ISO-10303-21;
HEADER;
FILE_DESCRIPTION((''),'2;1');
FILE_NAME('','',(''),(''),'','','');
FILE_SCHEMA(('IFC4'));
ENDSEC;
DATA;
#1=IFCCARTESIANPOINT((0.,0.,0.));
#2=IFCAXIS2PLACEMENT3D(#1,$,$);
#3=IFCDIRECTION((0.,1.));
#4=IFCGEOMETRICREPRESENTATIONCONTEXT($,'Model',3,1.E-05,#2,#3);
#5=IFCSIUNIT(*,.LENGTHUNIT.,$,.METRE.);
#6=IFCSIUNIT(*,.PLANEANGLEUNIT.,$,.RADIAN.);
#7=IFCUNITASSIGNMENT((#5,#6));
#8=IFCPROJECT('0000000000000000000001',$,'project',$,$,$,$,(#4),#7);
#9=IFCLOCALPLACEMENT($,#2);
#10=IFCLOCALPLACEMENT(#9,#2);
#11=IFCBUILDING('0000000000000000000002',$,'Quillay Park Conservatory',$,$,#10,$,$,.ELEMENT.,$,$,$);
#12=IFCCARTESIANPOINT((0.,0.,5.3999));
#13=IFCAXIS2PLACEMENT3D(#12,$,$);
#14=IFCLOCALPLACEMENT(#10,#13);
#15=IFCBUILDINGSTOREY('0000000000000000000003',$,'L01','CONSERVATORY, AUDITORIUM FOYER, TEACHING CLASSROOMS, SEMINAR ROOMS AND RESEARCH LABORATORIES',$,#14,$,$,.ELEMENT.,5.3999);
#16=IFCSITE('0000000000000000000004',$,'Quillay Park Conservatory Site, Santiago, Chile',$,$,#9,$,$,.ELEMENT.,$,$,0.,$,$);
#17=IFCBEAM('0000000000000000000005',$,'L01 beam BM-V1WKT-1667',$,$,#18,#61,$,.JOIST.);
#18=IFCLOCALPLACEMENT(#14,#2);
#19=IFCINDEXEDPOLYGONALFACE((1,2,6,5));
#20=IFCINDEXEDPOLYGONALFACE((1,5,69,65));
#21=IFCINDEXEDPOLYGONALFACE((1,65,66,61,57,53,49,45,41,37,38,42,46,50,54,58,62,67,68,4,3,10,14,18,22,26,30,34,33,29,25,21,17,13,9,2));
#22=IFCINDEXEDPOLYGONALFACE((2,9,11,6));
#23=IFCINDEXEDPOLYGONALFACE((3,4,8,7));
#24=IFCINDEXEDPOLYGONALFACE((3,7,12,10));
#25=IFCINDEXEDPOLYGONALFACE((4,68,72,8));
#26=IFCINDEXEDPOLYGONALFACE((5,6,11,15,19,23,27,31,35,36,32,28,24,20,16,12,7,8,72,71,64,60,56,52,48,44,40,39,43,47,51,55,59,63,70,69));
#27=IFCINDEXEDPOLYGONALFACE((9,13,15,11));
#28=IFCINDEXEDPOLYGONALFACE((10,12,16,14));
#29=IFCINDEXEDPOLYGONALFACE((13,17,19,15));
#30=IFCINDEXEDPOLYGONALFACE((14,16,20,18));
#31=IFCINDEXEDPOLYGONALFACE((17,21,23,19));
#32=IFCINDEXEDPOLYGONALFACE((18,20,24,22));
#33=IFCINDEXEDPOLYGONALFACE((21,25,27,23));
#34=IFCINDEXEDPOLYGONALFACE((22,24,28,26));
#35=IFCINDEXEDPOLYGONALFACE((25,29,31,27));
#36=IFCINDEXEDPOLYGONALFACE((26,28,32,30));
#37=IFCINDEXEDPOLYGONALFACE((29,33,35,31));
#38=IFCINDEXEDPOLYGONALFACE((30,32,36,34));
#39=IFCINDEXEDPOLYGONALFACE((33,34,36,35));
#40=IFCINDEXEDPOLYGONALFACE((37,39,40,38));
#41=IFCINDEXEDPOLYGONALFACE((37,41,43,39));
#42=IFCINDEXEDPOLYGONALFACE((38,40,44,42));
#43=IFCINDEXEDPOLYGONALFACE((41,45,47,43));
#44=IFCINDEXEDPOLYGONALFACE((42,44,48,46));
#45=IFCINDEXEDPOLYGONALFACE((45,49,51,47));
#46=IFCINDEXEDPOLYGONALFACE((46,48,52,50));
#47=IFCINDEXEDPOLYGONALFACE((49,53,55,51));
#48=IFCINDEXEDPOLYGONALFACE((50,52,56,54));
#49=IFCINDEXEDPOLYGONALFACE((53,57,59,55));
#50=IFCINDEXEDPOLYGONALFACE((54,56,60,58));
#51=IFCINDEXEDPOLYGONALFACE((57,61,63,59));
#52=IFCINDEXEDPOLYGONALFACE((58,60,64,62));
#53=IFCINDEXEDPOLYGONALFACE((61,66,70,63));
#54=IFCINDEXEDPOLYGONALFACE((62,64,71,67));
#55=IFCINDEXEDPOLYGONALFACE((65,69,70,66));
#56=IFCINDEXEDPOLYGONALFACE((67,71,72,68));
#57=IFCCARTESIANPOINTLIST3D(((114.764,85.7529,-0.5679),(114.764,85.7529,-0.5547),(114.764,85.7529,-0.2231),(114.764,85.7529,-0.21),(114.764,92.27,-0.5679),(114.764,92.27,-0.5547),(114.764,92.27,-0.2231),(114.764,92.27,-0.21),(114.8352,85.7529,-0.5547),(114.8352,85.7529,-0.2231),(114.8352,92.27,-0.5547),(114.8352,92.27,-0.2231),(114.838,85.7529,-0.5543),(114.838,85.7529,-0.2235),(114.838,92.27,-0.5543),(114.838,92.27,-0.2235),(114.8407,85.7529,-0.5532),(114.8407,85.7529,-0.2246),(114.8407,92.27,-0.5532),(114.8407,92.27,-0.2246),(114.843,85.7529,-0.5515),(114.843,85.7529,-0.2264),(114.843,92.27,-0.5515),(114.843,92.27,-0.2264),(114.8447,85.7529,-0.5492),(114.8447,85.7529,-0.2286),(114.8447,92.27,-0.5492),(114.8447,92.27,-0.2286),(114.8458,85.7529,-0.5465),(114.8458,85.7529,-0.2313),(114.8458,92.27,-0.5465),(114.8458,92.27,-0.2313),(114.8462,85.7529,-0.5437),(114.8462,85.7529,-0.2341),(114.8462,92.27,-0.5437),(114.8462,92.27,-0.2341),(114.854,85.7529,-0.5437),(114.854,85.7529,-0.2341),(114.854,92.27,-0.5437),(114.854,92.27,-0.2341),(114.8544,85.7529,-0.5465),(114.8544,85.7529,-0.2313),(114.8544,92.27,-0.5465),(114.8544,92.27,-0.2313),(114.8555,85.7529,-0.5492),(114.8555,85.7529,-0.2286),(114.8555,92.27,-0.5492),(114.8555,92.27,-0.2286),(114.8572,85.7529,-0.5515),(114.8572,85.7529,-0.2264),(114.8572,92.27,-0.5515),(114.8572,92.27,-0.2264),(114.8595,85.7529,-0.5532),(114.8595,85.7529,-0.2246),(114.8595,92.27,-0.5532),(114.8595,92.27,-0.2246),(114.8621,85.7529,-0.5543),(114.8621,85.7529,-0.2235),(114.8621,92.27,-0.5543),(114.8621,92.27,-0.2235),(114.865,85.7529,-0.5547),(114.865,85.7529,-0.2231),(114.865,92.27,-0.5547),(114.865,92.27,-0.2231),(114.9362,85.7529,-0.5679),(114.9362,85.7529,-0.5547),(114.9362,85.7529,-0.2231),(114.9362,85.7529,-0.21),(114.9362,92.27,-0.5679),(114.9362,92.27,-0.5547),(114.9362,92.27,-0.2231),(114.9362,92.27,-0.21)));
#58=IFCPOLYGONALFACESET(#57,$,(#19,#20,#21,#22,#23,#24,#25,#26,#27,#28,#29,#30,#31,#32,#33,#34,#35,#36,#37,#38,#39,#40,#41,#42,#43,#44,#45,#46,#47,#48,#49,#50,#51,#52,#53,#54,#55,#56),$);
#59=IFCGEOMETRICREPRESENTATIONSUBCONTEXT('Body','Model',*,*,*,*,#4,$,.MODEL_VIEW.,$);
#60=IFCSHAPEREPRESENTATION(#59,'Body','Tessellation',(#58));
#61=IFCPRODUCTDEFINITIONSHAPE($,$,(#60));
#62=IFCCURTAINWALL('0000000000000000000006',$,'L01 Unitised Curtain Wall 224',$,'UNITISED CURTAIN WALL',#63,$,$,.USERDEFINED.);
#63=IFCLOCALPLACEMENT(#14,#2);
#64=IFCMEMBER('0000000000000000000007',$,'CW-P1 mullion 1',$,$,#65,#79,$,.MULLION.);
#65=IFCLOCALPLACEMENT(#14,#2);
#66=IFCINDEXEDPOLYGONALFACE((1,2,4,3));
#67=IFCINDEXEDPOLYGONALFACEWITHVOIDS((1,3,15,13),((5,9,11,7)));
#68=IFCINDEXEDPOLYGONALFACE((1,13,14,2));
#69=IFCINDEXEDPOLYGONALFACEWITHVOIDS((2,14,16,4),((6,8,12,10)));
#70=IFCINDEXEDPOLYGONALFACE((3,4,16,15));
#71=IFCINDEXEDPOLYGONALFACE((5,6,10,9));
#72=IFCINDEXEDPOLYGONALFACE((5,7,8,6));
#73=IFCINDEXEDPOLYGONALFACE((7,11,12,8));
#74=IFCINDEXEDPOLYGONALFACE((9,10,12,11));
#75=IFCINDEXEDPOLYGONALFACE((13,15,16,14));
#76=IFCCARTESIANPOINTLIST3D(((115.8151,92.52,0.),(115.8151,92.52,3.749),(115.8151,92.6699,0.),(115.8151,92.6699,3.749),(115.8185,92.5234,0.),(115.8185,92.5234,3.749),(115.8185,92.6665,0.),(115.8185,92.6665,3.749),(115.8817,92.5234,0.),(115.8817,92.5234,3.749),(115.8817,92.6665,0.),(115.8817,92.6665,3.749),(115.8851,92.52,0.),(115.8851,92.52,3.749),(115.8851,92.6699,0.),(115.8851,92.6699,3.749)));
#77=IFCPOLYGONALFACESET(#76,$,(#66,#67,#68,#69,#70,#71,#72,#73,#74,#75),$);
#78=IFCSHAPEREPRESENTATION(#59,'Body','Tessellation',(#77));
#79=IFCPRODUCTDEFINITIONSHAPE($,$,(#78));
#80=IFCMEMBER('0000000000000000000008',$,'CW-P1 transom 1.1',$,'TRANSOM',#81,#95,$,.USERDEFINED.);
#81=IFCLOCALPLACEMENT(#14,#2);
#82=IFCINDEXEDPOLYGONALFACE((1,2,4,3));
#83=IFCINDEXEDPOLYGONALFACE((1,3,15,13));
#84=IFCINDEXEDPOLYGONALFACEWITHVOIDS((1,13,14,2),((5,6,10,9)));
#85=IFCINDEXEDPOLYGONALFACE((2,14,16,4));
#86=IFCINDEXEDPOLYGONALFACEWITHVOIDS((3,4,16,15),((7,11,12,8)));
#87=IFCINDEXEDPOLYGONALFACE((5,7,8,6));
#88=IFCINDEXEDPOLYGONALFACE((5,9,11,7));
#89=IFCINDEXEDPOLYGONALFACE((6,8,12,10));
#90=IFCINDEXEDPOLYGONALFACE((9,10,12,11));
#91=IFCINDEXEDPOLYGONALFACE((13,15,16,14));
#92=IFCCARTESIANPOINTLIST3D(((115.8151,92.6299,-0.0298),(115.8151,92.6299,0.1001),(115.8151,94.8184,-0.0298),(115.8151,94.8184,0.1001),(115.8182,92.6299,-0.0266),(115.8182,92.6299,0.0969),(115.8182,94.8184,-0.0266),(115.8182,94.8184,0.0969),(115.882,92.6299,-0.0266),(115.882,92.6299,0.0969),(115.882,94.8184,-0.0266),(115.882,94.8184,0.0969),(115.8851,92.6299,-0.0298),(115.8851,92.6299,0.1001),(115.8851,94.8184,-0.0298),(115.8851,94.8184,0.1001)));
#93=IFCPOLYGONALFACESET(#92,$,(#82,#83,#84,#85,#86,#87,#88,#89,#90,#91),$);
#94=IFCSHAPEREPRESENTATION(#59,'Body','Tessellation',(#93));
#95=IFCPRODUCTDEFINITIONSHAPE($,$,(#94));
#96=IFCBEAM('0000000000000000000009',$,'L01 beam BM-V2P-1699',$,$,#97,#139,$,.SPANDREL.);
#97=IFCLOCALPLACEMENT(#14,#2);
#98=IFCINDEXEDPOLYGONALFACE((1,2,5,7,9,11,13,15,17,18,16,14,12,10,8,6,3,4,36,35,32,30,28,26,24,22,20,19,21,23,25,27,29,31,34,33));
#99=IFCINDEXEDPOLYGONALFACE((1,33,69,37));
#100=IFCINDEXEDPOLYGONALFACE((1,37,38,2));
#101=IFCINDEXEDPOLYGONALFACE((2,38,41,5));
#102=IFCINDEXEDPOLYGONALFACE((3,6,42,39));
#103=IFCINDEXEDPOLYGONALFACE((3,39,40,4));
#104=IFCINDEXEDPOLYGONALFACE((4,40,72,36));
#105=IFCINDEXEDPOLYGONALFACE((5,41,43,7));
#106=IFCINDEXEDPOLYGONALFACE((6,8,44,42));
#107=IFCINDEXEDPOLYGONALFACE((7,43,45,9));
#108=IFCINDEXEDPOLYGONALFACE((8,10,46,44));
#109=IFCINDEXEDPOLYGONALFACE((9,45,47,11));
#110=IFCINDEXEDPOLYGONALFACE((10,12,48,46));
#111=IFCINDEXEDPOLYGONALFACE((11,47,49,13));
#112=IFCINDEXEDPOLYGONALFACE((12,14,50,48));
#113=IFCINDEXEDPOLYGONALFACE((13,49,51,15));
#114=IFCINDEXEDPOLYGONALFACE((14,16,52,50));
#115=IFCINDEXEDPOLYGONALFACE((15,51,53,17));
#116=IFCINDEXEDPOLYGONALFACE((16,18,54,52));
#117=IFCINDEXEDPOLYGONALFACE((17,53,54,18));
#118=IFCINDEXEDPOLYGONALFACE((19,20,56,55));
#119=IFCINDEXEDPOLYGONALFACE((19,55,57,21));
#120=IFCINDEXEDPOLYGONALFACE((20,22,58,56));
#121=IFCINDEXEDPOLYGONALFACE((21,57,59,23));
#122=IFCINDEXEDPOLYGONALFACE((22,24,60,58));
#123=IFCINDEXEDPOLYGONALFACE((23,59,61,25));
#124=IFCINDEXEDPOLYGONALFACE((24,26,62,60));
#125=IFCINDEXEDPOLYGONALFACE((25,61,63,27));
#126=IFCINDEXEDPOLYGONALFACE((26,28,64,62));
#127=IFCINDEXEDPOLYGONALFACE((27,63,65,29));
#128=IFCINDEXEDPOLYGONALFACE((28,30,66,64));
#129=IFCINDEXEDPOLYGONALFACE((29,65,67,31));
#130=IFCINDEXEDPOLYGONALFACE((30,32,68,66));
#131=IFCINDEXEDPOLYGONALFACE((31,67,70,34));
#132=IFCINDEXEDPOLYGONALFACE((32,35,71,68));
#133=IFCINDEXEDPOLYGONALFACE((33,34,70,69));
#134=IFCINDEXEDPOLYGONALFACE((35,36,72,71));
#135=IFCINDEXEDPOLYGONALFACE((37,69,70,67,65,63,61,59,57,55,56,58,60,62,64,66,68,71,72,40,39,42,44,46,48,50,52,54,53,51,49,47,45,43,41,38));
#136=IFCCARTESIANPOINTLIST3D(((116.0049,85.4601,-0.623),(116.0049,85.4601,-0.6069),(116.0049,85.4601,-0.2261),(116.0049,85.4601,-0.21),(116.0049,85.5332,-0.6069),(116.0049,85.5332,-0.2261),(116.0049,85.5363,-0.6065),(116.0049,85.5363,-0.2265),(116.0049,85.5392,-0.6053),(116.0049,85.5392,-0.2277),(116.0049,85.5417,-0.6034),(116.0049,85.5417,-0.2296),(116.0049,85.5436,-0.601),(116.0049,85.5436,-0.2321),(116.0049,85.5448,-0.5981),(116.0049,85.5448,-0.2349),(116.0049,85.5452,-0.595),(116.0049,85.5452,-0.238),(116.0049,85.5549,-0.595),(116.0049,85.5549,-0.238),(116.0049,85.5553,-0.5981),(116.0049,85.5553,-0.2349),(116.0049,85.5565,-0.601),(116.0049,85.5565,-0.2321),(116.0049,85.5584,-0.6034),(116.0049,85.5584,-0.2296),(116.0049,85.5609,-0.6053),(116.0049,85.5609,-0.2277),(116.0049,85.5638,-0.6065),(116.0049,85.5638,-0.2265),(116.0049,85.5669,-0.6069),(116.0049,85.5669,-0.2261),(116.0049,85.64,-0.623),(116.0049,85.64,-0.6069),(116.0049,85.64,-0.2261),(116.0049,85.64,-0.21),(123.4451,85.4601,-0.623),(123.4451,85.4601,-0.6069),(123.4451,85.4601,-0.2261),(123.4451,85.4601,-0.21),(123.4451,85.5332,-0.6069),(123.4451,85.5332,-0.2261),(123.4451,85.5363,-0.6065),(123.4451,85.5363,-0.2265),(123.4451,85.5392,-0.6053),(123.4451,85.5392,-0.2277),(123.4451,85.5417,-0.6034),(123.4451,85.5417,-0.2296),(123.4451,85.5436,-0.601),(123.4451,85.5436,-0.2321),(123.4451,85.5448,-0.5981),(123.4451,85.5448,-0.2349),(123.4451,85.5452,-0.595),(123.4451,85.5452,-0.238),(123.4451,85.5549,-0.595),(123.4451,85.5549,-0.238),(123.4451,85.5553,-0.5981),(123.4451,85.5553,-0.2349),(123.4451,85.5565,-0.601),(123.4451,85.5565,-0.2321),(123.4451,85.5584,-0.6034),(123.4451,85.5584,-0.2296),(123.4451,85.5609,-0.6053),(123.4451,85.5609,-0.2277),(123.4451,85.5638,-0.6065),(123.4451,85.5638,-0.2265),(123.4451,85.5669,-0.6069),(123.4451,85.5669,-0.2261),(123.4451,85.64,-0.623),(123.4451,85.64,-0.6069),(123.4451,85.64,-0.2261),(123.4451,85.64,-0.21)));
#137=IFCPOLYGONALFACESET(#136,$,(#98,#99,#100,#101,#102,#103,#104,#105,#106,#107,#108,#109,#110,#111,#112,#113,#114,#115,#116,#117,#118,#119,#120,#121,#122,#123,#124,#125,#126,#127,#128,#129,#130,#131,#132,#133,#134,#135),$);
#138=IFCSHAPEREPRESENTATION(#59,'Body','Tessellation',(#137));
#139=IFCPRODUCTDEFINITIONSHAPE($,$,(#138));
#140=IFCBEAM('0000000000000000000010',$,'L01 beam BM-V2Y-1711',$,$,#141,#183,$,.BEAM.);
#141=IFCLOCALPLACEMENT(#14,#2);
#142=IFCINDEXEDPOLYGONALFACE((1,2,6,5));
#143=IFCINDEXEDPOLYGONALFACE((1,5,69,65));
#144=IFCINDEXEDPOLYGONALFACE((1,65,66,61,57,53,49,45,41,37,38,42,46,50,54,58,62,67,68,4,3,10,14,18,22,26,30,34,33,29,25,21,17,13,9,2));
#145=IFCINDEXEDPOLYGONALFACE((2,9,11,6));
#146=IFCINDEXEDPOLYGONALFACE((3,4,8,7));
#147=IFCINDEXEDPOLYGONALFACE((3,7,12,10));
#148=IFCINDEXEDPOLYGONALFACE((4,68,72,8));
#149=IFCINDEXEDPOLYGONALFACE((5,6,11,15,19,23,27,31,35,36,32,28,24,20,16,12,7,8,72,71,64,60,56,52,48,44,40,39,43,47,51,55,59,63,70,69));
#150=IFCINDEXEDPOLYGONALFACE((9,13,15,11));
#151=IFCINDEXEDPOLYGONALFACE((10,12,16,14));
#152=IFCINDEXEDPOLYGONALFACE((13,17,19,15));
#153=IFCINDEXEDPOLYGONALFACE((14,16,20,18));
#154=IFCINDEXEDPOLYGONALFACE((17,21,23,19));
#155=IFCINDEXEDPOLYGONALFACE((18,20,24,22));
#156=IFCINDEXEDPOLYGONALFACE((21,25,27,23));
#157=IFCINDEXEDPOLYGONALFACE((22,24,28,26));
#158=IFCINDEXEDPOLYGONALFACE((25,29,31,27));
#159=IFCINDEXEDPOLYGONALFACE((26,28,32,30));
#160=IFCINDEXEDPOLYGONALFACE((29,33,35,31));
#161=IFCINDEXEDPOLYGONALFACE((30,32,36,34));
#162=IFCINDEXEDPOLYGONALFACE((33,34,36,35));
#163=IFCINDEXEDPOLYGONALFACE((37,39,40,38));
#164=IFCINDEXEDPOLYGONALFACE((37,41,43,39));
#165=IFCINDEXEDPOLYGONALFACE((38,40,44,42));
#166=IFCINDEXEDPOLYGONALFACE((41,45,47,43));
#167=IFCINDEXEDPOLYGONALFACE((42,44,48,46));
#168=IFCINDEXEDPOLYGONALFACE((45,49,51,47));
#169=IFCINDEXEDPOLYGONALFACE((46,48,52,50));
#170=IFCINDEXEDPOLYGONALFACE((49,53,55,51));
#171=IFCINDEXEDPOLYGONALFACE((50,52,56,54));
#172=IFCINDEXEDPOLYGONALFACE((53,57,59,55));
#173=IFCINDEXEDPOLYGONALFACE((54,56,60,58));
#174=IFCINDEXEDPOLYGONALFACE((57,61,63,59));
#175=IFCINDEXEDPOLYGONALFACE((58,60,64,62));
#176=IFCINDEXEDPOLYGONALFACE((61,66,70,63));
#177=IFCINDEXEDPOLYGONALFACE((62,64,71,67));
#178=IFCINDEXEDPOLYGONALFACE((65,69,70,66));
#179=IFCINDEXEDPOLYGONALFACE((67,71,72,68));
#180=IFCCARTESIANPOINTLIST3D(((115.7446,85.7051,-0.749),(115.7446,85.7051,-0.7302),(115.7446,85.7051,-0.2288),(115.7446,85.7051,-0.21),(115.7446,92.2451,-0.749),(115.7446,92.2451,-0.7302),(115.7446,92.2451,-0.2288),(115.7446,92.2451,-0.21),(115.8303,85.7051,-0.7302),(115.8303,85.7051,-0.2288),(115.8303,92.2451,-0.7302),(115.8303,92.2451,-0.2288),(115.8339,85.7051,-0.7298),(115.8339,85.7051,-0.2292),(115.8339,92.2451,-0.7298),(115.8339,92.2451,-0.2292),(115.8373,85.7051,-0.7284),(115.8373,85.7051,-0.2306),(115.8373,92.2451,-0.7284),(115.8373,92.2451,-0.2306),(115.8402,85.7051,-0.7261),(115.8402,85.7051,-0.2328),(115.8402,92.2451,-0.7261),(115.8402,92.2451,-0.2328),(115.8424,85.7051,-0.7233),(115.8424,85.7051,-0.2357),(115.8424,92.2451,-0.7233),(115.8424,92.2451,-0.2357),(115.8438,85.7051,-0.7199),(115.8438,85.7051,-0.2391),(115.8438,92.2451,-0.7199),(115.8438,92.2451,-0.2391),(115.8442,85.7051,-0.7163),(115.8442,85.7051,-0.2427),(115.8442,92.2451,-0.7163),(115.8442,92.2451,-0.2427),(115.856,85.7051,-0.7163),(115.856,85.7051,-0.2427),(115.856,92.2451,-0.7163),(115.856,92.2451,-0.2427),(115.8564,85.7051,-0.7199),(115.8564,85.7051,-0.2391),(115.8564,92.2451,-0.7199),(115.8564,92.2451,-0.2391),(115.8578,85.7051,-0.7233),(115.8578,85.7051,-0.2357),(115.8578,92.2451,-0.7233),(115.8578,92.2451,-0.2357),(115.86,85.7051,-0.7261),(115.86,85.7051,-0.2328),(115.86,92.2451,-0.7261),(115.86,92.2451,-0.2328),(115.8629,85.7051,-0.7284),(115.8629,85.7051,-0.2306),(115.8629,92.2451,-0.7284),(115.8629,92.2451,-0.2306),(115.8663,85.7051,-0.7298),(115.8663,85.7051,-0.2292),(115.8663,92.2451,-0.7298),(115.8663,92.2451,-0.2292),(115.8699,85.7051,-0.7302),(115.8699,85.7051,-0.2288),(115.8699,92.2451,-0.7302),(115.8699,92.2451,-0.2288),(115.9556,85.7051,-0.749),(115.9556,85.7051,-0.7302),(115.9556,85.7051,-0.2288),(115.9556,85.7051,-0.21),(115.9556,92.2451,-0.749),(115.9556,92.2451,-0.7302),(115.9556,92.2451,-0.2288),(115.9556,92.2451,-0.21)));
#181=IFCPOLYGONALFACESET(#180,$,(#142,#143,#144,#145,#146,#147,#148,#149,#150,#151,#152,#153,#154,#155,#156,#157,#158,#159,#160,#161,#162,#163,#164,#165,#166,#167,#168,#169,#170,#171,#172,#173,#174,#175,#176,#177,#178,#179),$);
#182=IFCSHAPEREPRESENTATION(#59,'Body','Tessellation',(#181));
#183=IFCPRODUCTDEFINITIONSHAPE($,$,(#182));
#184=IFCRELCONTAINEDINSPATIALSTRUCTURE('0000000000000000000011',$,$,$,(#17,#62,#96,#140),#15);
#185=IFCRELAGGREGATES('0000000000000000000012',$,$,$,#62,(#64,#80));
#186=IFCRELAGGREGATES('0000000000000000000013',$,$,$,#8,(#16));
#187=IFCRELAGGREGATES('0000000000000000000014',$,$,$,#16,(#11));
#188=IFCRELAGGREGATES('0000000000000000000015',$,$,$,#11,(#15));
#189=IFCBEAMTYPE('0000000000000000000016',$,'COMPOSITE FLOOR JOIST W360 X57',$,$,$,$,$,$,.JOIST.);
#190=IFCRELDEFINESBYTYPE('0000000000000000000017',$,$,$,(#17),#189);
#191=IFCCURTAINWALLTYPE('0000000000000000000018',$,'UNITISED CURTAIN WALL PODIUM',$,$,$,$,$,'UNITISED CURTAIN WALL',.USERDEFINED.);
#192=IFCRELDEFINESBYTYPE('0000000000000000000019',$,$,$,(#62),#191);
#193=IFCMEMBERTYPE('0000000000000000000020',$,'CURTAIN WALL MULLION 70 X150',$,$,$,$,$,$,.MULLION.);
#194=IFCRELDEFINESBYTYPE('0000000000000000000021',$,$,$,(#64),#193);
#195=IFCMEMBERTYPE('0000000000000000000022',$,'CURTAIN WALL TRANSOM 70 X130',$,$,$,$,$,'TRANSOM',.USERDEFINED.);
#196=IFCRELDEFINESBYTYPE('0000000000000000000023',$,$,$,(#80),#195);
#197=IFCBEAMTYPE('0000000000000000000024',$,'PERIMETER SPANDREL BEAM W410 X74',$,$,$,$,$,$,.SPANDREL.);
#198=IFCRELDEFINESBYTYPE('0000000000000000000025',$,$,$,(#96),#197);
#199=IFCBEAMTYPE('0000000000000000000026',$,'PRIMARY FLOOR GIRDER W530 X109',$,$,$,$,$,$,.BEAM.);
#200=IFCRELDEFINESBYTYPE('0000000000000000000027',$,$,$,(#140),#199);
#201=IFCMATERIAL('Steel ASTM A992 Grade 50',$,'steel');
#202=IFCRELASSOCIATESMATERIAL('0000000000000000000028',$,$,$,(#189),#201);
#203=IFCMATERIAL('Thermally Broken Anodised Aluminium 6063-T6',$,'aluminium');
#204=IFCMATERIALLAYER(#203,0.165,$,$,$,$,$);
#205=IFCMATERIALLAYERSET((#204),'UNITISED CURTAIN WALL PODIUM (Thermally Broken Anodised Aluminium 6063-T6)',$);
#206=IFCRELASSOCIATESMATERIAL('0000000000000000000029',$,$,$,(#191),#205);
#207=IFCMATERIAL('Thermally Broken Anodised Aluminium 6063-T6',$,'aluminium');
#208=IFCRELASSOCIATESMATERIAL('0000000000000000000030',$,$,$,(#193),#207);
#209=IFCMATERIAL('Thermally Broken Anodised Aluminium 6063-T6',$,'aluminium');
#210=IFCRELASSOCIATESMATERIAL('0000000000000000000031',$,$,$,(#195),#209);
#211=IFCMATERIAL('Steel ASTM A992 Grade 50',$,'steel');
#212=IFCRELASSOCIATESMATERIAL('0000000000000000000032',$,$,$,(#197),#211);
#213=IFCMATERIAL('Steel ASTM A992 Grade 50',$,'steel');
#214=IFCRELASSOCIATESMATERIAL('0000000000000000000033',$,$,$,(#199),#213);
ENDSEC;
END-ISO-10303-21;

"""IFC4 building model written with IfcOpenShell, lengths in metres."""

from ifc_helpers import new_model, si_unit, direction, frame, origin, origin_2d, place, context, subcontext, project, spatial, hollow_rectangle, i_section, extrude, material, layer, layer_set, material_profile, profile_set, type_object, element, aggregate, save


model = new_model("IFC4")

# Units and contexts
model_context = context("Model", 3, precision=1e-05, world=origin(), true_north=direction((0.0, 1.0)))
body_context = subcontext(model_context, "Body", "Model", "MODEL_VIEW")
ifc_project = project(units=[si_unit("LENGTHUNIT", "METRE"), si_unit("PLANEANGLEUNIT", "RADIAN")], contexts=[model_context])

# Site, building, storey
site_placement = place(None, origin())
site = spatial("IfcSite", under=ifc_project, at=site_placement, Name="Quillay Park Conservatory Site, Santiago, Chile", CompositionType="ELEMENT", RefElevation=0.0)
building_placement = place(site_placement, origin())
building = spatial("IfcBuilding", under=site, at=building_placement, Name="Quillay Park Conservatory", CompositionType="ELEMENT")
storey_placement = place(building_placement, frame((0.0, 0.0, 5.3999)))
storey = spatial("IfcBuildingStorey", under=building, at=storey_placement, Name="L01", Description="CONSERVATORY, AUDITORIUM FOYER, TEACHING CLASSROOMS, SEMINAR ROOMS AND RESEARCH LABORATORIES", CompositionType="ELEMENT", Elevation=5.3999)

# Beam
ifc_material_1 = material(Name="Steel ASTM A992 Grade 50", Category="steel")
ifc_material_profile_1 = material_profile(ifc_material_1, i_section(OverallWidth=0.1721, OverallDepth=0.3579, WebThickness=0.0078, FlangeThickness=0.0132, FilletRadius=0.011, at=origin_2d()), Name="W360x57")
ifc_profile_set_1 = profile_set([ifc_material_profile_1], Name="Steel ASTM A992 Grade 50")
beam_type_1 = type_object("IfcBeamType", Name="COMPOSITE FLOOR JOIST W360 X57", PredefinedType="JOIST", material=ifc_profile_set_1)
beam_1_placement = place(storey_placement, frame((114.8501, 85.7529, -0.3889), z_axis=(0.0, 1.0, 0.0), x_axis=(-1.0, 0.0, 0.0)))
element("IfcBeam", 1, at=beam_1_placement, inside=storey, type_object=beam_type_1, Name="L01 beam BM-V1WKT-1667", PredefinedType="JOIST", context=body_context, shape_type="SweptSolid", body=[
    extrude(i_section(OverallWidth=0.1721, OverallDepth=0.3579, WebThickness=0.0078, FlangeThickness=0.0132, FilletRadius=0.011, at=origin_2d()), origin(), (0.0, 0.0, 1.0), 6.5171),
])

# Curtain wall, members
ifc_material_2 = material(Name="Thermally Broken Anodised Aluminium 6063-T6", Category="aluminium")
ifc_layer_1 = layer(ifc_material_2, 0.165)
ifc_layer_set_1 = layer_set([ifc_layer_1], Name="UNITISED CURTAIN WALL PODIUM (Thermally Broken Anodised Aluminium 6063-T6)")
curtain_wall_type = type_object("IfcCurtainWallType", Name="UNITISED CURTAIN WALL PODIUM", ElementType="UNITISED CURTAIN WALL", PredefinedType="USERDEFINED", material=ifc_layer_set_1)
curtain_wall_placement = place(storey_placement, origin())
curtain_wall = element("IfcCurtainWall", 2, at=curtain_wall_placement, inside=storey, type_object=curtain_wall_type, Name="L01 Unitised Curtain Wall 224", ObjectType="UNITISED CURTAIN WALL", PredefinedType="USERDEFINED")
ifc_material_3 = material(Name="Thermally Broken Anodised Aluminium 6063-T6", Category="aluminium")
ifc_material_profile_2 = material_profile(ifc_material_3, hollow_rectangle(XDim=0.0701, YDim=0.1499, WallThickness=0.0034, at=origin_2d()), Name="AL70x150x3.5")
ifc_profile_set_2 = profile_set([ifc_material_profile_2], Name="Thermally Broken Anodised Aluminium 6063-T6")
member_type_1 = type_object("IfcMemberType", Name="CURTAIN WALL MULLION 70 X150", PredefinedType="MULLION", material=ifc_profile_set_2)
member_1_placement = place(storey_placement, frame((115.8501, 92.595, 0.0), z_axis=(0.0, 0.0, 1.0), x_axis=(-1.0, 0.0, 0.0)))
member_1 = element("IfcMember", 3, at=member_1_placement, type_object=member_type_1, Name="CW-P1 mullion 1", PredefinedType="MULLION", context=body_context, shape_type="SweptSolid", body=[
    extrude(hollow_rectangle(XDim=0.0701, YDim=0.1499, WallThickness=0.0034, at=origin_2d()), origin(), (0.0, 0.0, 1.0), 3.749),
])
ifc_material_4 = material(Name="Thermally Broken Anodised Aluminium 6063-T6", Category="aluminium")
ifc_material_profile_3 = material_profile(ifc_material_4, hollow_rectangle(XDim=0.0701, YDim=0.1299, WallThickness=0.0032, at=origin_2d()), Name="AL70x130x3.2")
ifc_profile_set_3 = profile_set([ifc_material_profile_3], Name="Thermally Broken Anodised Aluminium 6063-T6")
member_type_2 = type_object("IfcMemberType", Name="CURTAIN WALL TRANSOM 70 X130", ElementType="TRANSOM", PredefinedType="USERDEFINED", material=ifc_profile_set_3)
member_2_placement = place(storey_placement, frame((115.8501, 92.6299, 0.0352), z_axis=(0.0, 1.0, 0.0), x_axis=(-1.0, 0.0, 0.0)))
member_2 = element("IfcMember", 4, at=member_2_placement, type_object=member_type_2, Name="CW-P1 transom 1.1", ObjectType="TRANSOM", PredefinedType="USERDEFINED", context=body_context, shape_type="SweptSolid", body=[
    extrude(hollow_rectangle(XDim=0.0701, YDim=0.1299, WallThickness=0.0032, at=origin_2d()), origin(), (0.0, 0.0, 1.0), 2.1885),
])
aggregate(curtain_wall, [member_1, member_2])

# Beams
ifc_material_5 = material(Name="Steel ASTM A992 Grade 50", Category="steel")
ifc_material_profile_4 = material_profile(ifc_material_5, i_section(OverallWidth=0.1799, OverallDepth=0.4131, WebThickness=0.0098, FlangeThickness=0.0161, FilletRadius=0.012, at=origin_2d()), Name="W410x74")
ifc_profile_set_4 = profile_set([ifc_material_profile_4], Name="Steel ASTM A992 Grade 50")
beam_type_2 = type_object("IfcBeamType", Name="PERIMETER SPANDREL BEAM W410 X74", PredefinedType="SPANDREL", material=ifc_profile_set_4)
beam_2_placement = place(storey_placement, frame((116.0049, 85.55, -0.4165), z_axis=(1.0, 0.0, 0.0), x_axis=(0.0, 1.0, 0.0)))
element("IfcBeam", 5, at=beam_2_placement, inside=storey, type_object=beam_type_2, Name="L01 beam BM-V2P-1699", PredefinedType="SPANDREL", context=body_context, shape_type="SweptSolid", body=[
    extrude(i_section(OverallWidth=0.1799, OverallDepth=0.4131, WebThickness=0.0098, FlangeThickness=0.0161, FilletRadius=0.012, at=origin_2d()), origin(), (0.0, 0.0, 1.0), 7.4402),
])
ifc_material_6 = material(Name="Steel ASTM A992 Grade 50", Category="steel")
ifc_material_profile_5 = material_profile(ifc_material_6, i_section(OverallWidth=0.2109, OverallDepth=0.5391, WebThickness=0.0117, FlangeThickness=0.0188, FilletRadius=0.0139, at=origin_2d()), Name="W530x109")
ifc_profile_set_5 = profile_set([ifc_material_profile_5], Name="Steel ASTM A992 Grade 50")
beam_type_3 = type_object("IfcBeamType", Name="PRIMARY FLOOR GIRDER W530 X109", PredefinedType="BEAM", material=ifc_profile_set_5)
beam_3_placement = place(storey_placement, frame((115.8501, 85.7051, -0.4795), z_axis=(0.0, 1.0, 0.0), x_axis=(-1.0, 0.0, 0.0)))
element("IfcBeam", 6, at=beam_3_placement, inside=storey, type_object=beam_type_3, Name="L01 beam BM-V2Y-1711", PredefinedType="BEAM", context=body_context, shape_type="SweptSolid", body=[
    extrude(i_section(OverallWidth=0.2109, OverallDepth=0.5391, WebThickness=0.0117, FlangeThickness=0.0188, FilletRadius=0.0139, at=origin_2d()), origin(), (0.0, 0.0, 1.0), 6.54),
])

save(model, "model.ifc")
